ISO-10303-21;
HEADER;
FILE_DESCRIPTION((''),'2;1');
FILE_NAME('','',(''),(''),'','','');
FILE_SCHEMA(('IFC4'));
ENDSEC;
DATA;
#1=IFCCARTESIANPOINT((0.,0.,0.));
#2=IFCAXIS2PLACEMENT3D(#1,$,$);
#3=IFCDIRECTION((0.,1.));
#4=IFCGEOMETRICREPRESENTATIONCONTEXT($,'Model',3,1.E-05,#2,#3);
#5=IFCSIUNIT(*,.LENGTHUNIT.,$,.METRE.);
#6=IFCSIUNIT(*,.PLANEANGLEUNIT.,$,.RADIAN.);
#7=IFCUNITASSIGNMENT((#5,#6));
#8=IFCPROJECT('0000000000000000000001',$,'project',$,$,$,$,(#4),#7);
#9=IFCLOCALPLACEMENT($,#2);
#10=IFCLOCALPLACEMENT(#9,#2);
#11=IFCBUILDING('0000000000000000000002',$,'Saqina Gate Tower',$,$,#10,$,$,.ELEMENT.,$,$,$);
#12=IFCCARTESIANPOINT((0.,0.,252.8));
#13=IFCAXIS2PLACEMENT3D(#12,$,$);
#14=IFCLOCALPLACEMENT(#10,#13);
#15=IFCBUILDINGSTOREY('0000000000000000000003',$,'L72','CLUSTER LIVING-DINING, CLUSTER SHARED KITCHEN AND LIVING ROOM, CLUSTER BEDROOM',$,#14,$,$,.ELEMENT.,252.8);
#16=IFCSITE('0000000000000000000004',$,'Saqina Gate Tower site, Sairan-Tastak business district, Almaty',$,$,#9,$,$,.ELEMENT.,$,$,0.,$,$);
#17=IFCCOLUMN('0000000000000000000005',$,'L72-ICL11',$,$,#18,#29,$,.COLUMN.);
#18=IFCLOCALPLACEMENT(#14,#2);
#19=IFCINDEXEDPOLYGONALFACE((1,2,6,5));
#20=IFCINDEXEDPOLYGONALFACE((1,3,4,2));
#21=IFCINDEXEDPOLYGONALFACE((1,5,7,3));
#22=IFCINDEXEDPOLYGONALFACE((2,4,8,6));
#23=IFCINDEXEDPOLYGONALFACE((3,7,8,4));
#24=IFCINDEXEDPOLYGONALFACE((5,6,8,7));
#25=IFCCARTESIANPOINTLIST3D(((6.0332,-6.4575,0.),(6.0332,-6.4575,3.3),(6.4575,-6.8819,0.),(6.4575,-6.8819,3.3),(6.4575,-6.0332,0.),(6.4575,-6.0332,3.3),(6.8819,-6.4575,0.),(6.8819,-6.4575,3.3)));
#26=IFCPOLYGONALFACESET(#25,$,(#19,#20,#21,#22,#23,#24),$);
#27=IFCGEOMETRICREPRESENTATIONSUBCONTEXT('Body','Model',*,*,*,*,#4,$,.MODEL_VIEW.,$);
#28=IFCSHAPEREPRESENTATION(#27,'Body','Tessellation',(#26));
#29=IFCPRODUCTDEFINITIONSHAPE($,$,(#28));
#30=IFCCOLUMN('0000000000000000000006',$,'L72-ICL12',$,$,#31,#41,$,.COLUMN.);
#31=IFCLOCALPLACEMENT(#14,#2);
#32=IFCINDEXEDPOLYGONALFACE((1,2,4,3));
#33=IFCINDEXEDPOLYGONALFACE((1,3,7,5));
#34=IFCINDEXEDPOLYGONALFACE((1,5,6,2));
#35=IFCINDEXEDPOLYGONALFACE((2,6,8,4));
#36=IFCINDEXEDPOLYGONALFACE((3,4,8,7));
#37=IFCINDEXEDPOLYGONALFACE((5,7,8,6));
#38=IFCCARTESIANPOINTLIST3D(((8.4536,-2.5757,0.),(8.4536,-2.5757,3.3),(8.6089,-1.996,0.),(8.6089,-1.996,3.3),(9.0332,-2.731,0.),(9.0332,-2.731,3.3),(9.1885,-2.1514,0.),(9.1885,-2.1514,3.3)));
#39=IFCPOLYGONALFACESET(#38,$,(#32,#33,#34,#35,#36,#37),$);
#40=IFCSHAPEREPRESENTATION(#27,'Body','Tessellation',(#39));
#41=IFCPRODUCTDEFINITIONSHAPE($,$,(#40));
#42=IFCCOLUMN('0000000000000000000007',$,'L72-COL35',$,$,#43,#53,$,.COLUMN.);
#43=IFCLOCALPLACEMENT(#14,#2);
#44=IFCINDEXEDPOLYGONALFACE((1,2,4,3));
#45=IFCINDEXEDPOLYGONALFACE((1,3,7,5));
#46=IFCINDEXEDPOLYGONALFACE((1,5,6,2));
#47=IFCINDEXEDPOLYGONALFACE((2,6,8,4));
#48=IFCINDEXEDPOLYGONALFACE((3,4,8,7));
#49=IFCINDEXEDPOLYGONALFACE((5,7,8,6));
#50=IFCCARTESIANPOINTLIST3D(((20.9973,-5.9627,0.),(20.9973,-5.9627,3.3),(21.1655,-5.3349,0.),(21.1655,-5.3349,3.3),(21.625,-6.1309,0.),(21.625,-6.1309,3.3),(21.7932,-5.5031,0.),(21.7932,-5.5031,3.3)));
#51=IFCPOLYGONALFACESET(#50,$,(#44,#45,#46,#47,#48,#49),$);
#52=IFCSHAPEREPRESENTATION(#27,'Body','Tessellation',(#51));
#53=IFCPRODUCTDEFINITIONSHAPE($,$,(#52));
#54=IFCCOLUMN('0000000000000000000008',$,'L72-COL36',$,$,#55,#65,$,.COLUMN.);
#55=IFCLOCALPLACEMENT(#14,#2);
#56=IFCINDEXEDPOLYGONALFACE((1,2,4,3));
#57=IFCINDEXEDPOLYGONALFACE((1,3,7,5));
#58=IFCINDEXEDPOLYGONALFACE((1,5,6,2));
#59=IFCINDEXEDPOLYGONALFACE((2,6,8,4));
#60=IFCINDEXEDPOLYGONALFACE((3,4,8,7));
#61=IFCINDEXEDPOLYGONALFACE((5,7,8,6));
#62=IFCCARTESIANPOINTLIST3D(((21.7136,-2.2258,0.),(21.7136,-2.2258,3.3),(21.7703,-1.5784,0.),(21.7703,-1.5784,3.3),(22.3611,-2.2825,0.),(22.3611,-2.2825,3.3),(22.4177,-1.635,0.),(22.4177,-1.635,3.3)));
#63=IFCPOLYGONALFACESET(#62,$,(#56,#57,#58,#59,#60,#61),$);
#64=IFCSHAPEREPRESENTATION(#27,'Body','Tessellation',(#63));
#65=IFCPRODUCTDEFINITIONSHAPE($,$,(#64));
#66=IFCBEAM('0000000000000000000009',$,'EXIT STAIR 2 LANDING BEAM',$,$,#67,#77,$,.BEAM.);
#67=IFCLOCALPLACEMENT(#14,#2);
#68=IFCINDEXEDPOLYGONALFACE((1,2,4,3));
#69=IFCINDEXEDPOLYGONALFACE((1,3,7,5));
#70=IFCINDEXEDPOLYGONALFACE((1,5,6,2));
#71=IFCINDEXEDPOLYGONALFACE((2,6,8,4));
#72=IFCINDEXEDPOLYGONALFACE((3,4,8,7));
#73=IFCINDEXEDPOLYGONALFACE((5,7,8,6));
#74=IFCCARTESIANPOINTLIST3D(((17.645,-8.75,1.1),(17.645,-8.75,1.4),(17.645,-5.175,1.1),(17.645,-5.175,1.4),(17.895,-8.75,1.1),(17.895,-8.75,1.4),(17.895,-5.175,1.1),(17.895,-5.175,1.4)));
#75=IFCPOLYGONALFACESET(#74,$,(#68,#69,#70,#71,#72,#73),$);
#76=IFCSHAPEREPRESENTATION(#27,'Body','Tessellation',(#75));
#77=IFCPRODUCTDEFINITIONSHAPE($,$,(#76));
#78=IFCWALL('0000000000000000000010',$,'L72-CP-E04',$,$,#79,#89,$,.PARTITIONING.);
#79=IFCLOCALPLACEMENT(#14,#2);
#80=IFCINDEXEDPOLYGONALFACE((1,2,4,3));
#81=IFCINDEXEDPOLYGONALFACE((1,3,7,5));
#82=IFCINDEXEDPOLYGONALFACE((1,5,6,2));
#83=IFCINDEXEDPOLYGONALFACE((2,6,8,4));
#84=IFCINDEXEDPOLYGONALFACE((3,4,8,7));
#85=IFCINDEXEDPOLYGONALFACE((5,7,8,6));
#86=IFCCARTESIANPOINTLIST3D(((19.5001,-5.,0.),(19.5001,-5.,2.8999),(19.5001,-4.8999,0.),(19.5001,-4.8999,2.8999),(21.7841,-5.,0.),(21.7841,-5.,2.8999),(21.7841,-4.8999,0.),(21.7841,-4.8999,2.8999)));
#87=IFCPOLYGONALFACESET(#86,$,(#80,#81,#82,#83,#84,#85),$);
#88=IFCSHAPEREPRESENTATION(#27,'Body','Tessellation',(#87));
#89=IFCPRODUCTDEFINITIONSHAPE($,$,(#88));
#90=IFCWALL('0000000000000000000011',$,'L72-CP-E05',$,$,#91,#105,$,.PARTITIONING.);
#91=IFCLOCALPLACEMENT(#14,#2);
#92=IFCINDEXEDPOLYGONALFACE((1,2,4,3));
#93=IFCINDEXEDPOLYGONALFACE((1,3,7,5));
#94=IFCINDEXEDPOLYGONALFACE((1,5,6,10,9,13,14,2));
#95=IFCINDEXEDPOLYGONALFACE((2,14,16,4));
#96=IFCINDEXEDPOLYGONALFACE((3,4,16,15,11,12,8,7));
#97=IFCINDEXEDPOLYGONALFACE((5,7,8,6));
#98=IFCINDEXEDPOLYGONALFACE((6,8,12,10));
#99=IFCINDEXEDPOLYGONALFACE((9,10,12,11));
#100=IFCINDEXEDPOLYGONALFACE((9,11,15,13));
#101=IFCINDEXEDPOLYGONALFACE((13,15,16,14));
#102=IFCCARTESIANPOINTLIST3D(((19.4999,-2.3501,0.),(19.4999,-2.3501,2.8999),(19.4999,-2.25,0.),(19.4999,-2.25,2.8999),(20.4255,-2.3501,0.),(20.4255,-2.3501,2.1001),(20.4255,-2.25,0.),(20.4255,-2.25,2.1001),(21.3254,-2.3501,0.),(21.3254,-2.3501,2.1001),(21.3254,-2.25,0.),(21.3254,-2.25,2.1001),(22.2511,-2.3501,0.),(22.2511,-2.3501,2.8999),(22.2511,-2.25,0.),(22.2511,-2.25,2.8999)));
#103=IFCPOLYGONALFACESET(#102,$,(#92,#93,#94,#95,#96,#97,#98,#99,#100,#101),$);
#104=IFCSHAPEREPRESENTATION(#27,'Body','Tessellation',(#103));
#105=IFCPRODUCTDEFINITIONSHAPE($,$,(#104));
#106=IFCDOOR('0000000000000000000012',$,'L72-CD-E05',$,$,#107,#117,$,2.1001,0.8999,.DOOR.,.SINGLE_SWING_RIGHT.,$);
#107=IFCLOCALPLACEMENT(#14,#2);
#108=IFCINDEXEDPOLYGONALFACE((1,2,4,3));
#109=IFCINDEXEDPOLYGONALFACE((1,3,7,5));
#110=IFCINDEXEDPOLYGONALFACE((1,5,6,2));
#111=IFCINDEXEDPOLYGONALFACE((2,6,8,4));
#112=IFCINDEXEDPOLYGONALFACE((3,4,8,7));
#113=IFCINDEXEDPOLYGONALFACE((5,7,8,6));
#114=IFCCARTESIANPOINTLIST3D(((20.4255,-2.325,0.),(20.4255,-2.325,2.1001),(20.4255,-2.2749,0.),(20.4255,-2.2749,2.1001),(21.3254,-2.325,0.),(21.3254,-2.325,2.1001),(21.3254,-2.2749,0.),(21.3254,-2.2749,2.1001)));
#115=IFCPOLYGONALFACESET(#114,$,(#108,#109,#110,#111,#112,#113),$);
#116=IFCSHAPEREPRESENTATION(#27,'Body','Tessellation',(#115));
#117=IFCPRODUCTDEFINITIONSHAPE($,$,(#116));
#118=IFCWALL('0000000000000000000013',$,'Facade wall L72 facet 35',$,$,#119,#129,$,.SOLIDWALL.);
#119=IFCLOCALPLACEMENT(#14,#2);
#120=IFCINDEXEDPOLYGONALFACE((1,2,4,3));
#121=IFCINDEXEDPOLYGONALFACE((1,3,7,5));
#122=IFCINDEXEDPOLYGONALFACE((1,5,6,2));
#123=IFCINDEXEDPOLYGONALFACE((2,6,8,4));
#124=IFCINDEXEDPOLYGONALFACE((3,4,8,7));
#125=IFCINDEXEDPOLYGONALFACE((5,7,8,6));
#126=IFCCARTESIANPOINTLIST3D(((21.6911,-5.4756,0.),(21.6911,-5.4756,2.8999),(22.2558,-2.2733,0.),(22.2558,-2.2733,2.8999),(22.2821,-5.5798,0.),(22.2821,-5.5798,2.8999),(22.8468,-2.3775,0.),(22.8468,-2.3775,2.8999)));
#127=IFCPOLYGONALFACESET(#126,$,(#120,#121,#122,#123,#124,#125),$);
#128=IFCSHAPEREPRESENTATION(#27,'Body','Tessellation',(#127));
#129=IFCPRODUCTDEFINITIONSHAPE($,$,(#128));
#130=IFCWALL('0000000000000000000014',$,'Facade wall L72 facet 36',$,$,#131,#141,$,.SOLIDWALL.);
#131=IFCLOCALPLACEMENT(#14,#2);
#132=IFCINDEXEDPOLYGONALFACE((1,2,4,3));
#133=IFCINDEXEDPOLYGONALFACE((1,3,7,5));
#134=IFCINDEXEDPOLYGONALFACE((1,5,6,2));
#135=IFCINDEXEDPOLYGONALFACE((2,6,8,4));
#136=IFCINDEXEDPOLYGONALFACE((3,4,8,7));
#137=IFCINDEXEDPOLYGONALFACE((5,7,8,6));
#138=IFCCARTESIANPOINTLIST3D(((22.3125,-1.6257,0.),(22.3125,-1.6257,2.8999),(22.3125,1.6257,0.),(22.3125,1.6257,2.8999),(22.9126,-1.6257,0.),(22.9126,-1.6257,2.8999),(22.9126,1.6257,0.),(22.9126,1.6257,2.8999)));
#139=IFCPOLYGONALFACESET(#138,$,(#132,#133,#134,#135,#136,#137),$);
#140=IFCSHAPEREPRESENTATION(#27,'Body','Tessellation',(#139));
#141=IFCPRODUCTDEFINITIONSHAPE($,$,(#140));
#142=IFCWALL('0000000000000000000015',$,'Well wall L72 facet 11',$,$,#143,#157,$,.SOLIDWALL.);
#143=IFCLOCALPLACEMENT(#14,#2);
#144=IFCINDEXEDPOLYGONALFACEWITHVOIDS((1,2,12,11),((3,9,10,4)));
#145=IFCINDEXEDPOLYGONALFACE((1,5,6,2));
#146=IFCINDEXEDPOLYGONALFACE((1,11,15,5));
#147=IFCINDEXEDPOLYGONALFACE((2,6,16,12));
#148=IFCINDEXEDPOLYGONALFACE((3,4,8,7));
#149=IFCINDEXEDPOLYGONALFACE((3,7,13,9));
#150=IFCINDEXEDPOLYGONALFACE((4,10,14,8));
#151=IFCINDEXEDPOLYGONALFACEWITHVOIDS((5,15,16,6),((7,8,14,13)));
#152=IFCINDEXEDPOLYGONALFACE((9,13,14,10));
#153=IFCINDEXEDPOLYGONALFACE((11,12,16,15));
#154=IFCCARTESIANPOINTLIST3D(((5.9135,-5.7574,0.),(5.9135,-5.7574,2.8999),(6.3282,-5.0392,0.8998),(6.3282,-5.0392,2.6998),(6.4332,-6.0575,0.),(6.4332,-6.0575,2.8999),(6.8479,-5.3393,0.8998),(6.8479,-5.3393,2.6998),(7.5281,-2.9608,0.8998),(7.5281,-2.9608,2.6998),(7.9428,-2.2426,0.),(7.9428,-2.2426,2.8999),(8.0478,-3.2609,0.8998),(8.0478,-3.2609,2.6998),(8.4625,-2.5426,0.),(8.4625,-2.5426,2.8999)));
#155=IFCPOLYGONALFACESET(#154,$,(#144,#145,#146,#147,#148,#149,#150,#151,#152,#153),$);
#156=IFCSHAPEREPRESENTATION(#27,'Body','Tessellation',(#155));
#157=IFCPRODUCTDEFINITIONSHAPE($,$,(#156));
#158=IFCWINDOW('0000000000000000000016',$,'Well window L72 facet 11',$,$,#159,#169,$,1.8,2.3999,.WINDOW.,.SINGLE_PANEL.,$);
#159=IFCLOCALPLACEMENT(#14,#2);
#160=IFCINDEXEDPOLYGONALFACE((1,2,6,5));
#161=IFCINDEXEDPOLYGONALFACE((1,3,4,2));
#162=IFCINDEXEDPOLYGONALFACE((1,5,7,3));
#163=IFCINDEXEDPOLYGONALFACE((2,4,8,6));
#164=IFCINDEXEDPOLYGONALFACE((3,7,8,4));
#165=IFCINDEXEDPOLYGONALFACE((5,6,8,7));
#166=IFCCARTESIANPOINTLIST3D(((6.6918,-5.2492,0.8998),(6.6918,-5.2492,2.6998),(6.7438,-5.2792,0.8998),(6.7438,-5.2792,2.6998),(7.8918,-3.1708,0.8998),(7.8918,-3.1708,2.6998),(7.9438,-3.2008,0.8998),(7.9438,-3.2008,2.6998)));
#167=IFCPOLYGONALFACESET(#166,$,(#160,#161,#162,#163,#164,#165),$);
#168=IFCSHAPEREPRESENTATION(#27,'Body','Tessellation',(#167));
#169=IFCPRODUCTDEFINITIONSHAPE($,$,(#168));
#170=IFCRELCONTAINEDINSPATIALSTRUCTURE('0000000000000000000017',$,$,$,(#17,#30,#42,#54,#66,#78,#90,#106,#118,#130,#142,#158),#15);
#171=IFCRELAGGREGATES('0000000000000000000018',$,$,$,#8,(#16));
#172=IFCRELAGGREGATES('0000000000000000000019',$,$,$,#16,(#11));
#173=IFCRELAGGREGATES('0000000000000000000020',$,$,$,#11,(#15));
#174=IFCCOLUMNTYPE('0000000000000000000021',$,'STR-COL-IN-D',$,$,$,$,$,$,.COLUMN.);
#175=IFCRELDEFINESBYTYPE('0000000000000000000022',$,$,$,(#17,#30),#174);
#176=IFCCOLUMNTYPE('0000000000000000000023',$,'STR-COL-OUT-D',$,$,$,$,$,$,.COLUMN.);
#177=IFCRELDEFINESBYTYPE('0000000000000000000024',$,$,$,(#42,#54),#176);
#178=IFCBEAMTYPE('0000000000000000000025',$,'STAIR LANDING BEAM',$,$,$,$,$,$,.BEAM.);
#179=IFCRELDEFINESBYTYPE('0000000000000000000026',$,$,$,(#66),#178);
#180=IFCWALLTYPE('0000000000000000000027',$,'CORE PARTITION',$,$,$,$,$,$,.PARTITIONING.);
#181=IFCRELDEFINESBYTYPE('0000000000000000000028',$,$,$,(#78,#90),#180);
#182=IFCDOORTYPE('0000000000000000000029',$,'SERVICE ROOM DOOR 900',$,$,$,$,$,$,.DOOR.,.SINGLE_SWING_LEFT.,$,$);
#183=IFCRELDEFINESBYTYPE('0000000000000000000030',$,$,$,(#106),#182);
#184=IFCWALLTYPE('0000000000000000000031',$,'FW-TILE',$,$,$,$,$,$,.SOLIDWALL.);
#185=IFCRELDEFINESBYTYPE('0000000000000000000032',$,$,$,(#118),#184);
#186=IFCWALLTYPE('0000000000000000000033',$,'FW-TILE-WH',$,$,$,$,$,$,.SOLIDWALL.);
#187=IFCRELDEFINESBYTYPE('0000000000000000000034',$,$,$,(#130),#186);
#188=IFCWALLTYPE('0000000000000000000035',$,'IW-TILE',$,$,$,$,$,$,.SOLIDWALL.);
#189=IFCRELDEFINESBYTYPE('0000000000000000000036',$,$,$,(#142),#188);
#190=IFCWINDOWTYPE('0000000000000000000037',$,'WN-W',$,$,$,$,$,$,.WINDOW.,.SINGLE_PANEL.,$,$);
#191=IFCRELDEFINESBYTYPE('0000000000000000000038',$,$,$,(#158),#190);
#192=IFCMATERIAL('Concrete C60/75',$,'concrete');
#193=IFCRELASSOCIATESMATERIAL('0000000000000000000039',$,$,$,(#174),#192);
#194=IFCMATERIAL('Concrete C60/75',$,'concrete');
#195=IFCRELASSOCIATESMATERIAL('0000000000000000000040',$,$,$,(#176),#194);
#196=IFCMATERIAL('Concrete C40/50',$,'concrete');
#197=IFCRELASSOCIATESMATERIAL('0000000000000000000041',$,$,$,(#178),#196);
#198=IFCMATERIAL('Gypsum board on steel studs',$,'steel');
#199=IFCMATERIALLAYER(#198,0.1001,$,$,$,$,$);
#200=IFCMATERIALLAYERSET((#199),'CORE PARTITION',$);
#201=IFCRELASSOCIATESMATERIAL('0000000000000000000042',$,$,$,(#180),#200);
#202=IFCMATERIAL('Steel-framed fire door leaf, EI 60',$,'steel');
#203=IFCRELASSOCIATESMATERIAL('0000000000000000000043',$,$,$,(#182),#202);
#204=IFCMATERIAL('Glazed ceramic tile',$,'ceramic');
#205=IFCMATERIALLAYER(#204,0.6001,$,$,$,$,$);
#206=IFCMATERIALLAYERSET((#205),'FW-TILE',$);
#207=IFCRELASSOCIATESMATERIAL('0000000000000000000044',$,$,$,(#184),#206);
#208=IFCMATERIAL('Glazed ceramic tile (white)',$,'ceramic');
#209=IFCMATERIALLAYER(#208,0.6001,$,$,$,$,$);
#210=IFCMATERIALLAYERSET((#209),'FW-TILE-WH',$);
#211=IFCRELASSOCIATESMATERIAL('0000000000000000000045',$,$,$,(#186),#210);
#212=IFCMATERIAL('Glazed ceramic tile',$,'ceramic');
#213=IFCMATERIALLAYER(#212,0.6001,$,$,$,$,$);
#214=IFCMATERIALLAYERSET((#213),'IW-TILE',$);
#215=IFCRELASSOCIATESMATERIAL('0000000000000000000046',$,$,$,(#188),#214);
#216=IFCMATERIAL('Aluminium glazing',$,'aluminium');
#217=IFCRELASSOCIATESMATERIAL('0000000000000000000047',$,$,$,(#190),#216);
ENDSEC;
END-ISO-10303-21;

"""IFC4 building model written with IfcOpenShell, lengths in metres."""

from ifc_helpers import new_model, si_unit, direction, frame, frame_2d, origin, origin_2d, place, context, subcontext, project, spatial, rectangle, extrude, material, layer, layer_set, material_profile, profile_set, type_object, element, fill, save


model = new_model("IFC4")

# Units and contexts
model_context = context("Model", 3, precision=1e-05, world=origin(), true_north=direction((0.0, 1.0)))
body_context = subcontext(model_context, "Body", "Model", "MODEL_VIEW")
ifc_project = project(units=[si_unit("LENGTHUNIT", "METRE"), si_unit("PLANEANGLEUNIT", "RADIAN")], contexts=[model_context])

# Site, building, storey
site_placement = place(None, origin())
site = spatial("IfcSite", under=ifc_project, at=site_placement, Name="Saqina Gate Tower site, Sairan-Tastak business district, Almaty", CompositionType="ELEMENT", RefElevation=0.0)
building_placement = place(site_placement, origin())
building = spatial("IfcBuilding", under=site, at=building_placement, Name="Saqina Gate Tower", CompositionType="ELEMENT")
storey_placement = place(building_placement, frame((0.0, 0.0, 252.8)))
storey = spatial("IfcBuildingStorey", under=building, at=storey_placement, Name="L72", Description="CLUSTER LIVING-DINING, CLUSTER SHARED KITCHEN AND LIVING ROOM, CLUSTER BEDROOM", CompositionType="ELEMENT", Elevation=252.8)

# Columns
ifc_material_1 = material(Name="Concrete C60/75", Category="concrete")
ifc_material_profile_1 = material_profile(ifc_material_1, rectangle(XDim=0.6001, YDim=0.6001, at=origin_2d()), Name="RC 600x600")
ifc_profile_set_1 = profile_set([ifc_material_profile_1], Name="Concrete C60/75")
column_type_1 = type_object("IfcColumnType", Name="STR-COL-IN-D", PredefinedType="COLUMN", material=ifc_profile_set_1)
for number, where, z_axis, x_axis, name in (
    (1, (6.4575, -6.4575, 0.0), (0.0, 0.0, 1.0), (0.707107, -0.707107, 0.0), "L72-ICL11"),
    (2, (8.821, -2.3635, 0.0), (0.0, 0.0, 1.0), (0.965926, -0.258819, 0.0), "L72-ICL12"),
):
    element("IfcColumn", number, at=place(storey_placement, frame(where, z_axis=z_axis, x_axis=x_axis)), inside=storey, type_object=column_type_1, Name=name, PredefinedType="COLUMN", context=body_context, shape_type="SweptSolid", body=[
        extrude(rectangle(XDim=0.6001, YDim=0.6001, at=origin_2d()), origin(), (0.0, 0.0, 1.0), 3.3),
    ])
ifc_material_2 = material(Name="Concrete C60/75", Category="concrete")
ifc_material_profile_2 = material_profile(ifc_material_2, rectangle(XDim=0.6499, YDim=0.6499, at=origin_2d()), Name="RC 650x650")
ifc_profile_set_2 = profile_set([ifc_material_profile_2], Name="Concrete C60/75")
column_type_2 = type_object("IfcColumnType", Name="STR-COL-OUT-D", PredefinedType="COLUMN", material=ifc_profile_set_2)
for number, where, z_axis, x_axis, name in (
    (3, (21.3953, -5.7329, 0.0), (0.0, 0.0, 1.0), (0.965926, -0.258819, 0.0), "L72-COL35"),
    (4, (22.0657, -1.9304, 0.0), (0.0, 0.0, 1.0), (0.996195, -0.087156, 0.0), "L72-COL36"),
):
    element("IfcColumn", number, at=place(storey_placement, frame(where, z_axis=z_axis, x_axis=x_axis)), inside=storey, type_object=column_type_2, Name=name, PredefinedType="COLUMN", context=body_context, shape_type="SweptSolid", body=[
        extrude(rectangle(XDim=0.6499, YDim=0.6499, at=origin_2d()), origin(), (0.0, 0.0, 1.0), 3.3),
    ])

# Beam
ifc_material_3 = material(Name="Concrete C40/50", Category="concrete")
ifc_material_profile_3 = material_profile(ifc_material_3, rectangle(XDim=0.25, YDim=0.3, at=origin_2d()), Name="STAIR LANDING BEAM")
ifc_profile_set_3 = profile_set([ifc_material_profile_3], Name="Concrete C40/50")
beam_type = type_object("IfcBeamType", Name="STAIR LANDING BEAM", PredefinedType="BEAM", material=ifc_profile_set_3)
beam_placement = place(storey_placement, frame((17.77, -8.75, 1.25), z_axis=(0.0, 1.0, 0.0), x_axis=(-1.0, 0.0, 0.0)))
element("IfcBeam", 5, at=beam_placement, inside=storey, type_object=beam_type, Name="EXIT STAIR 2 LANDING BEAM", PredefinedType="BEAM", context=body_context, shape_type="SweptSolid", body=[
    extrude(rectangle(XDim=0.25, YDim=0.3, at=origin_2d()), origin(), (0.0, 0.0, 1.0), 3.575),
])

# Wall
ifc_material_4 = material(Name="Gypsum board on steel studs", Category="steel")
ifc_layer_1 = layer(ifc_material_4, 0.1001)
ifc_layer_set_1 = layer_set([ifc_layer_1], Name="CORE PARTITION")
wall_type_1 = type_object("IfcWallType", Name="CORE PARTITION", PredefinedType="PARTITIONING", material=ifc_layer_set_1)
wall_1_placement = place(storey_placement, frame((19.5, -4.95, 0.0), z_axis=(0.0, 0.0, 1.0), x_axis=(1.0, 0.0, 0.0)))
element("IfcWall", 6, at=wall_1_placement, inside=storey, type_object=wall_type_1, Name="L72-CP-E04", PredefinedType="PARTITIONING", context=body_context, shape_type="SweptSolid", body=[
    extrude(rectangle(XDim=2.2839, YDim=0.1001, at=frame_2d((1.1421, 0.0))), origin(), (0.0, 0.0, 1.0), 2.8999),
])

# Wall, opening, door
wall_2_placement = place(storey_placement, frame((19.5, -2.3, 0.0), z_axis=(0.0, 0.0, 1.0), x_axis=(1.0, 0.0, 0.0)))
wall_2 = element("IfcWall", 7, at=wall_2_placement, inside=storey, type_object=wall_type_1, Name="L72-CP-E05", PredefinedType="PARTITIONING", context=body_context, shape_type="SweptSolid", body=[
    extrude(rectangle(XDim=2.7512, YDim=0.1001, at=frame_2d((1.3755, 0.0))), origin(), (0.0, 0.0, 1.0), 2.8999),
])
opening_1_placement = place(wall_2_placement, frame((0.9255, 0.0, 0.0)))
opening_1 = element("IfcOpeningElement", 8, at=opening_1_placement, cuts=wall_2, PredefinedType="OPENING", context=body_context, shape_type="SweptSolid", body=[
    extrude(rectangle(XDim=0.8999, YDim=2.1001, at=frame_2d((0.45, 1.05))), frame((0.0, 0.062, 0.0), z_axis=(0.0, -1.0, 0.0), x_axis=(1.0, 0.0, 0.0)), (0.0, 0.0, 1.0), 0.124),
])
ifc_material_5 = material(Name="Steel-framed fire door leaf, EI 60", Category="steel")
door_type_1 = type_object("IfcDoorType", Name="SERVICE ROOM DOOR 900", OperationType="SINGLE_SWING_LEFT", PredefinedType="DOOR", material=ifc_material_5)
door_1_placement = place(opening_1_placement, frame((0.8999, 0.0, 0.0), z_axis=(0.0, 0.0, 1.0), x_axis=(-1.0, 0.0, 0.0)))
door_1 = element("IfcDoor", 9, at=door_1_placement, inside=storey, type_object=door_type_1, Name="L72-CD-E05", OperationType="SINGLE_SWING_RIGHT", OverallHeight=2.1001, OverallWidth=0.8999, PredefinedType="DOOR", context=body_context, shape_type="SweptSolid", body=[
    extrude(rectangle(XDim=0.8999, YDim=2.1001, at=frame_2d((0.45, 1.05))), frame((0.0, 0.0249, 0.0), z_axis=(0.0, -1.0, 0.0), x_axis=(1.0, 0.0, 0.0)), (0.0, 0.0, 1.0), 0.05),
])
fill(opening_1, door_1)

# Walls
ifc_material_6 = material(Name="Glazed ceramic tile", Category="ceramic")
ifc_layer_2 = layer(ifc_material_6, 0.6001)
ifc_layer_set_2 = layer_set([ifc_layer_2], Name="FW-TILE")
wall_type_2 = type_object("IfcWallType", Name="FW-TILE", PredefinedType="SOLIDWALL", material=ifc_layer_set_2)
wall_3_placement = place(storey_placement, frame((21.9866, -5.5278, 0.0), z_axis=(0.0, 0.0, 1.0), x_axis=(0.173657, 0.984806, 0.0)))
element("IfcWall", 10, at=wall_3_placement, inside=storey, type_object=wall_type_2, Name="Facade wall L72 facet 35", PredefinedType="SOLIDWALL", context=body_context, shape_type="SweptSolid", body=[
    extrude(rectangle(XDim=3.2517, YDim=0.6001, at=frame_2d((1.626, 0.0))), origin(), (0.0, 0.0, 1.0), 2.8999),
])
ifc_material_7 = material(Name="Glazed ceramic tile (white)", Category="ceramic")
ifc_layer_3 = layer(ifc_material_7, 0.6001)
ifc_layer_set_3 = layer_set([ifc_layer_3], Name="FW-TILE-WH")
wall_type_3 = type_object("IfcWallType", Name="FW-TILE-WH", PredefinedType="SOLIDWALL", material=ifc_layer_set_3)
wall_4_placement = place(storey_placement, frame((22.6125, -1.6257, 0.0), z_axis=(0.0, 0.0, 1.0), x_axis=(0.0, 1.0, 0.0)))
element("IfcWall", 11, at=wall_4_placement, inside=storey, type_object=wall_type_3, Name="Facade wall L72 facet 36", PredefinedType="SOLIDWALL", context=body_context, shape_type="SweptSolid", body=[
    extrude(rectangle(XDim=3.2515, YDim=0.6001, at=frame_2d((1.6257, 0.0))), origin(), (0.0, 0.0, 1.0), 2.8999),
])

# Wall, opening, window
ifc_material_8 = material(Name="Glazed ceramic tile", Category="ceramic")
ifc_layer_4 = layer(ifc_material_8, 0.6001)
ifc_layer_set_4 = layer_set([ifc_layer_4], Name="IW-TILE")
wall_type_4 = type_object("IfcWallType", Name="IW-TILE", PredefinedType="SOLIDWALL", material=ifc_layer_set_4)
wall_5_placement = place(storey_placement, frame((6.1733, -5.9075, 0.0), z_axis=(0.0, 0.0, 1.0), x_axis=(0.499995, 0.866028, 0.0)))
wall_5 = element("IfcWall", 12, at=wall_5_placement, inside=storey, type_object=wall_type_4, Name="Well wall L72 facet 11", PredefinedType="SOLIDWALL", context=body_context, shape_type="SweptSolid", body=[
    extrude(rectangle(XDim=4.0586, YDim=0.6001, at=frame_2d((2.0293, 0.0))), origin(), (0.0, 0.0, 1.0), 2.8999),
])
opening_2_placement = place(wall_5_placement, frame((0.8293, 0.0, 0.8999)))
opening_2 = element("IfcOpeningElement", 13, at=opening_2_placement, cuts=wall_5, PredefinedType="OPENING", context=body_context, shape_type="SweptSolid", body=[
    extrude(rectangle(XDim=2.3999, YDim=1.8, at=frame_2d((1.2, 0.8999))), frame((0.0, 0.312, 0.0), z_axis=(0.0, -1.0, 0.0), x_axis=(1.0, 0.0, 0.0)), (0.0, 0.0, 1.0), 0.624),
])
ifc_material_9 = material(Name="Aluminium glazing", Category="aluminium")
window_type = type_object("IfcWindowType", Name="WN-W", PartitioningType="SINGLE_PANEL", PredefinedType="WINDOW", material=ifc_material_9)
window_1_placement = place(opening_2_placement, origin())
window_1 = element("IfcWindow", 14, at=window_1_placement, inside=storey, type_object=window_type, Name="Well window L72 facet 11", OverallHeight=1.8, OverallWidth=2.3999, PartitioningType="SINGLE_PANEL", PredefinedType="WINDOW", context=body_context, shape_type="SweptSolid", body=[
    extrude(rectangle(XDim=2.3999, YDim=1.8, at=frame_2d((1.2, 0.8999))), frame((0.0, -0.1199, 0.0), z_axis=(0.0, -1.0, 0.0), x_axis=(1.0, 0.0, 0.0)), (0.0, 0.0, 1.0), 0.0601),
])
fill(opening_2, window_1)

save(model, "model.ifc")
